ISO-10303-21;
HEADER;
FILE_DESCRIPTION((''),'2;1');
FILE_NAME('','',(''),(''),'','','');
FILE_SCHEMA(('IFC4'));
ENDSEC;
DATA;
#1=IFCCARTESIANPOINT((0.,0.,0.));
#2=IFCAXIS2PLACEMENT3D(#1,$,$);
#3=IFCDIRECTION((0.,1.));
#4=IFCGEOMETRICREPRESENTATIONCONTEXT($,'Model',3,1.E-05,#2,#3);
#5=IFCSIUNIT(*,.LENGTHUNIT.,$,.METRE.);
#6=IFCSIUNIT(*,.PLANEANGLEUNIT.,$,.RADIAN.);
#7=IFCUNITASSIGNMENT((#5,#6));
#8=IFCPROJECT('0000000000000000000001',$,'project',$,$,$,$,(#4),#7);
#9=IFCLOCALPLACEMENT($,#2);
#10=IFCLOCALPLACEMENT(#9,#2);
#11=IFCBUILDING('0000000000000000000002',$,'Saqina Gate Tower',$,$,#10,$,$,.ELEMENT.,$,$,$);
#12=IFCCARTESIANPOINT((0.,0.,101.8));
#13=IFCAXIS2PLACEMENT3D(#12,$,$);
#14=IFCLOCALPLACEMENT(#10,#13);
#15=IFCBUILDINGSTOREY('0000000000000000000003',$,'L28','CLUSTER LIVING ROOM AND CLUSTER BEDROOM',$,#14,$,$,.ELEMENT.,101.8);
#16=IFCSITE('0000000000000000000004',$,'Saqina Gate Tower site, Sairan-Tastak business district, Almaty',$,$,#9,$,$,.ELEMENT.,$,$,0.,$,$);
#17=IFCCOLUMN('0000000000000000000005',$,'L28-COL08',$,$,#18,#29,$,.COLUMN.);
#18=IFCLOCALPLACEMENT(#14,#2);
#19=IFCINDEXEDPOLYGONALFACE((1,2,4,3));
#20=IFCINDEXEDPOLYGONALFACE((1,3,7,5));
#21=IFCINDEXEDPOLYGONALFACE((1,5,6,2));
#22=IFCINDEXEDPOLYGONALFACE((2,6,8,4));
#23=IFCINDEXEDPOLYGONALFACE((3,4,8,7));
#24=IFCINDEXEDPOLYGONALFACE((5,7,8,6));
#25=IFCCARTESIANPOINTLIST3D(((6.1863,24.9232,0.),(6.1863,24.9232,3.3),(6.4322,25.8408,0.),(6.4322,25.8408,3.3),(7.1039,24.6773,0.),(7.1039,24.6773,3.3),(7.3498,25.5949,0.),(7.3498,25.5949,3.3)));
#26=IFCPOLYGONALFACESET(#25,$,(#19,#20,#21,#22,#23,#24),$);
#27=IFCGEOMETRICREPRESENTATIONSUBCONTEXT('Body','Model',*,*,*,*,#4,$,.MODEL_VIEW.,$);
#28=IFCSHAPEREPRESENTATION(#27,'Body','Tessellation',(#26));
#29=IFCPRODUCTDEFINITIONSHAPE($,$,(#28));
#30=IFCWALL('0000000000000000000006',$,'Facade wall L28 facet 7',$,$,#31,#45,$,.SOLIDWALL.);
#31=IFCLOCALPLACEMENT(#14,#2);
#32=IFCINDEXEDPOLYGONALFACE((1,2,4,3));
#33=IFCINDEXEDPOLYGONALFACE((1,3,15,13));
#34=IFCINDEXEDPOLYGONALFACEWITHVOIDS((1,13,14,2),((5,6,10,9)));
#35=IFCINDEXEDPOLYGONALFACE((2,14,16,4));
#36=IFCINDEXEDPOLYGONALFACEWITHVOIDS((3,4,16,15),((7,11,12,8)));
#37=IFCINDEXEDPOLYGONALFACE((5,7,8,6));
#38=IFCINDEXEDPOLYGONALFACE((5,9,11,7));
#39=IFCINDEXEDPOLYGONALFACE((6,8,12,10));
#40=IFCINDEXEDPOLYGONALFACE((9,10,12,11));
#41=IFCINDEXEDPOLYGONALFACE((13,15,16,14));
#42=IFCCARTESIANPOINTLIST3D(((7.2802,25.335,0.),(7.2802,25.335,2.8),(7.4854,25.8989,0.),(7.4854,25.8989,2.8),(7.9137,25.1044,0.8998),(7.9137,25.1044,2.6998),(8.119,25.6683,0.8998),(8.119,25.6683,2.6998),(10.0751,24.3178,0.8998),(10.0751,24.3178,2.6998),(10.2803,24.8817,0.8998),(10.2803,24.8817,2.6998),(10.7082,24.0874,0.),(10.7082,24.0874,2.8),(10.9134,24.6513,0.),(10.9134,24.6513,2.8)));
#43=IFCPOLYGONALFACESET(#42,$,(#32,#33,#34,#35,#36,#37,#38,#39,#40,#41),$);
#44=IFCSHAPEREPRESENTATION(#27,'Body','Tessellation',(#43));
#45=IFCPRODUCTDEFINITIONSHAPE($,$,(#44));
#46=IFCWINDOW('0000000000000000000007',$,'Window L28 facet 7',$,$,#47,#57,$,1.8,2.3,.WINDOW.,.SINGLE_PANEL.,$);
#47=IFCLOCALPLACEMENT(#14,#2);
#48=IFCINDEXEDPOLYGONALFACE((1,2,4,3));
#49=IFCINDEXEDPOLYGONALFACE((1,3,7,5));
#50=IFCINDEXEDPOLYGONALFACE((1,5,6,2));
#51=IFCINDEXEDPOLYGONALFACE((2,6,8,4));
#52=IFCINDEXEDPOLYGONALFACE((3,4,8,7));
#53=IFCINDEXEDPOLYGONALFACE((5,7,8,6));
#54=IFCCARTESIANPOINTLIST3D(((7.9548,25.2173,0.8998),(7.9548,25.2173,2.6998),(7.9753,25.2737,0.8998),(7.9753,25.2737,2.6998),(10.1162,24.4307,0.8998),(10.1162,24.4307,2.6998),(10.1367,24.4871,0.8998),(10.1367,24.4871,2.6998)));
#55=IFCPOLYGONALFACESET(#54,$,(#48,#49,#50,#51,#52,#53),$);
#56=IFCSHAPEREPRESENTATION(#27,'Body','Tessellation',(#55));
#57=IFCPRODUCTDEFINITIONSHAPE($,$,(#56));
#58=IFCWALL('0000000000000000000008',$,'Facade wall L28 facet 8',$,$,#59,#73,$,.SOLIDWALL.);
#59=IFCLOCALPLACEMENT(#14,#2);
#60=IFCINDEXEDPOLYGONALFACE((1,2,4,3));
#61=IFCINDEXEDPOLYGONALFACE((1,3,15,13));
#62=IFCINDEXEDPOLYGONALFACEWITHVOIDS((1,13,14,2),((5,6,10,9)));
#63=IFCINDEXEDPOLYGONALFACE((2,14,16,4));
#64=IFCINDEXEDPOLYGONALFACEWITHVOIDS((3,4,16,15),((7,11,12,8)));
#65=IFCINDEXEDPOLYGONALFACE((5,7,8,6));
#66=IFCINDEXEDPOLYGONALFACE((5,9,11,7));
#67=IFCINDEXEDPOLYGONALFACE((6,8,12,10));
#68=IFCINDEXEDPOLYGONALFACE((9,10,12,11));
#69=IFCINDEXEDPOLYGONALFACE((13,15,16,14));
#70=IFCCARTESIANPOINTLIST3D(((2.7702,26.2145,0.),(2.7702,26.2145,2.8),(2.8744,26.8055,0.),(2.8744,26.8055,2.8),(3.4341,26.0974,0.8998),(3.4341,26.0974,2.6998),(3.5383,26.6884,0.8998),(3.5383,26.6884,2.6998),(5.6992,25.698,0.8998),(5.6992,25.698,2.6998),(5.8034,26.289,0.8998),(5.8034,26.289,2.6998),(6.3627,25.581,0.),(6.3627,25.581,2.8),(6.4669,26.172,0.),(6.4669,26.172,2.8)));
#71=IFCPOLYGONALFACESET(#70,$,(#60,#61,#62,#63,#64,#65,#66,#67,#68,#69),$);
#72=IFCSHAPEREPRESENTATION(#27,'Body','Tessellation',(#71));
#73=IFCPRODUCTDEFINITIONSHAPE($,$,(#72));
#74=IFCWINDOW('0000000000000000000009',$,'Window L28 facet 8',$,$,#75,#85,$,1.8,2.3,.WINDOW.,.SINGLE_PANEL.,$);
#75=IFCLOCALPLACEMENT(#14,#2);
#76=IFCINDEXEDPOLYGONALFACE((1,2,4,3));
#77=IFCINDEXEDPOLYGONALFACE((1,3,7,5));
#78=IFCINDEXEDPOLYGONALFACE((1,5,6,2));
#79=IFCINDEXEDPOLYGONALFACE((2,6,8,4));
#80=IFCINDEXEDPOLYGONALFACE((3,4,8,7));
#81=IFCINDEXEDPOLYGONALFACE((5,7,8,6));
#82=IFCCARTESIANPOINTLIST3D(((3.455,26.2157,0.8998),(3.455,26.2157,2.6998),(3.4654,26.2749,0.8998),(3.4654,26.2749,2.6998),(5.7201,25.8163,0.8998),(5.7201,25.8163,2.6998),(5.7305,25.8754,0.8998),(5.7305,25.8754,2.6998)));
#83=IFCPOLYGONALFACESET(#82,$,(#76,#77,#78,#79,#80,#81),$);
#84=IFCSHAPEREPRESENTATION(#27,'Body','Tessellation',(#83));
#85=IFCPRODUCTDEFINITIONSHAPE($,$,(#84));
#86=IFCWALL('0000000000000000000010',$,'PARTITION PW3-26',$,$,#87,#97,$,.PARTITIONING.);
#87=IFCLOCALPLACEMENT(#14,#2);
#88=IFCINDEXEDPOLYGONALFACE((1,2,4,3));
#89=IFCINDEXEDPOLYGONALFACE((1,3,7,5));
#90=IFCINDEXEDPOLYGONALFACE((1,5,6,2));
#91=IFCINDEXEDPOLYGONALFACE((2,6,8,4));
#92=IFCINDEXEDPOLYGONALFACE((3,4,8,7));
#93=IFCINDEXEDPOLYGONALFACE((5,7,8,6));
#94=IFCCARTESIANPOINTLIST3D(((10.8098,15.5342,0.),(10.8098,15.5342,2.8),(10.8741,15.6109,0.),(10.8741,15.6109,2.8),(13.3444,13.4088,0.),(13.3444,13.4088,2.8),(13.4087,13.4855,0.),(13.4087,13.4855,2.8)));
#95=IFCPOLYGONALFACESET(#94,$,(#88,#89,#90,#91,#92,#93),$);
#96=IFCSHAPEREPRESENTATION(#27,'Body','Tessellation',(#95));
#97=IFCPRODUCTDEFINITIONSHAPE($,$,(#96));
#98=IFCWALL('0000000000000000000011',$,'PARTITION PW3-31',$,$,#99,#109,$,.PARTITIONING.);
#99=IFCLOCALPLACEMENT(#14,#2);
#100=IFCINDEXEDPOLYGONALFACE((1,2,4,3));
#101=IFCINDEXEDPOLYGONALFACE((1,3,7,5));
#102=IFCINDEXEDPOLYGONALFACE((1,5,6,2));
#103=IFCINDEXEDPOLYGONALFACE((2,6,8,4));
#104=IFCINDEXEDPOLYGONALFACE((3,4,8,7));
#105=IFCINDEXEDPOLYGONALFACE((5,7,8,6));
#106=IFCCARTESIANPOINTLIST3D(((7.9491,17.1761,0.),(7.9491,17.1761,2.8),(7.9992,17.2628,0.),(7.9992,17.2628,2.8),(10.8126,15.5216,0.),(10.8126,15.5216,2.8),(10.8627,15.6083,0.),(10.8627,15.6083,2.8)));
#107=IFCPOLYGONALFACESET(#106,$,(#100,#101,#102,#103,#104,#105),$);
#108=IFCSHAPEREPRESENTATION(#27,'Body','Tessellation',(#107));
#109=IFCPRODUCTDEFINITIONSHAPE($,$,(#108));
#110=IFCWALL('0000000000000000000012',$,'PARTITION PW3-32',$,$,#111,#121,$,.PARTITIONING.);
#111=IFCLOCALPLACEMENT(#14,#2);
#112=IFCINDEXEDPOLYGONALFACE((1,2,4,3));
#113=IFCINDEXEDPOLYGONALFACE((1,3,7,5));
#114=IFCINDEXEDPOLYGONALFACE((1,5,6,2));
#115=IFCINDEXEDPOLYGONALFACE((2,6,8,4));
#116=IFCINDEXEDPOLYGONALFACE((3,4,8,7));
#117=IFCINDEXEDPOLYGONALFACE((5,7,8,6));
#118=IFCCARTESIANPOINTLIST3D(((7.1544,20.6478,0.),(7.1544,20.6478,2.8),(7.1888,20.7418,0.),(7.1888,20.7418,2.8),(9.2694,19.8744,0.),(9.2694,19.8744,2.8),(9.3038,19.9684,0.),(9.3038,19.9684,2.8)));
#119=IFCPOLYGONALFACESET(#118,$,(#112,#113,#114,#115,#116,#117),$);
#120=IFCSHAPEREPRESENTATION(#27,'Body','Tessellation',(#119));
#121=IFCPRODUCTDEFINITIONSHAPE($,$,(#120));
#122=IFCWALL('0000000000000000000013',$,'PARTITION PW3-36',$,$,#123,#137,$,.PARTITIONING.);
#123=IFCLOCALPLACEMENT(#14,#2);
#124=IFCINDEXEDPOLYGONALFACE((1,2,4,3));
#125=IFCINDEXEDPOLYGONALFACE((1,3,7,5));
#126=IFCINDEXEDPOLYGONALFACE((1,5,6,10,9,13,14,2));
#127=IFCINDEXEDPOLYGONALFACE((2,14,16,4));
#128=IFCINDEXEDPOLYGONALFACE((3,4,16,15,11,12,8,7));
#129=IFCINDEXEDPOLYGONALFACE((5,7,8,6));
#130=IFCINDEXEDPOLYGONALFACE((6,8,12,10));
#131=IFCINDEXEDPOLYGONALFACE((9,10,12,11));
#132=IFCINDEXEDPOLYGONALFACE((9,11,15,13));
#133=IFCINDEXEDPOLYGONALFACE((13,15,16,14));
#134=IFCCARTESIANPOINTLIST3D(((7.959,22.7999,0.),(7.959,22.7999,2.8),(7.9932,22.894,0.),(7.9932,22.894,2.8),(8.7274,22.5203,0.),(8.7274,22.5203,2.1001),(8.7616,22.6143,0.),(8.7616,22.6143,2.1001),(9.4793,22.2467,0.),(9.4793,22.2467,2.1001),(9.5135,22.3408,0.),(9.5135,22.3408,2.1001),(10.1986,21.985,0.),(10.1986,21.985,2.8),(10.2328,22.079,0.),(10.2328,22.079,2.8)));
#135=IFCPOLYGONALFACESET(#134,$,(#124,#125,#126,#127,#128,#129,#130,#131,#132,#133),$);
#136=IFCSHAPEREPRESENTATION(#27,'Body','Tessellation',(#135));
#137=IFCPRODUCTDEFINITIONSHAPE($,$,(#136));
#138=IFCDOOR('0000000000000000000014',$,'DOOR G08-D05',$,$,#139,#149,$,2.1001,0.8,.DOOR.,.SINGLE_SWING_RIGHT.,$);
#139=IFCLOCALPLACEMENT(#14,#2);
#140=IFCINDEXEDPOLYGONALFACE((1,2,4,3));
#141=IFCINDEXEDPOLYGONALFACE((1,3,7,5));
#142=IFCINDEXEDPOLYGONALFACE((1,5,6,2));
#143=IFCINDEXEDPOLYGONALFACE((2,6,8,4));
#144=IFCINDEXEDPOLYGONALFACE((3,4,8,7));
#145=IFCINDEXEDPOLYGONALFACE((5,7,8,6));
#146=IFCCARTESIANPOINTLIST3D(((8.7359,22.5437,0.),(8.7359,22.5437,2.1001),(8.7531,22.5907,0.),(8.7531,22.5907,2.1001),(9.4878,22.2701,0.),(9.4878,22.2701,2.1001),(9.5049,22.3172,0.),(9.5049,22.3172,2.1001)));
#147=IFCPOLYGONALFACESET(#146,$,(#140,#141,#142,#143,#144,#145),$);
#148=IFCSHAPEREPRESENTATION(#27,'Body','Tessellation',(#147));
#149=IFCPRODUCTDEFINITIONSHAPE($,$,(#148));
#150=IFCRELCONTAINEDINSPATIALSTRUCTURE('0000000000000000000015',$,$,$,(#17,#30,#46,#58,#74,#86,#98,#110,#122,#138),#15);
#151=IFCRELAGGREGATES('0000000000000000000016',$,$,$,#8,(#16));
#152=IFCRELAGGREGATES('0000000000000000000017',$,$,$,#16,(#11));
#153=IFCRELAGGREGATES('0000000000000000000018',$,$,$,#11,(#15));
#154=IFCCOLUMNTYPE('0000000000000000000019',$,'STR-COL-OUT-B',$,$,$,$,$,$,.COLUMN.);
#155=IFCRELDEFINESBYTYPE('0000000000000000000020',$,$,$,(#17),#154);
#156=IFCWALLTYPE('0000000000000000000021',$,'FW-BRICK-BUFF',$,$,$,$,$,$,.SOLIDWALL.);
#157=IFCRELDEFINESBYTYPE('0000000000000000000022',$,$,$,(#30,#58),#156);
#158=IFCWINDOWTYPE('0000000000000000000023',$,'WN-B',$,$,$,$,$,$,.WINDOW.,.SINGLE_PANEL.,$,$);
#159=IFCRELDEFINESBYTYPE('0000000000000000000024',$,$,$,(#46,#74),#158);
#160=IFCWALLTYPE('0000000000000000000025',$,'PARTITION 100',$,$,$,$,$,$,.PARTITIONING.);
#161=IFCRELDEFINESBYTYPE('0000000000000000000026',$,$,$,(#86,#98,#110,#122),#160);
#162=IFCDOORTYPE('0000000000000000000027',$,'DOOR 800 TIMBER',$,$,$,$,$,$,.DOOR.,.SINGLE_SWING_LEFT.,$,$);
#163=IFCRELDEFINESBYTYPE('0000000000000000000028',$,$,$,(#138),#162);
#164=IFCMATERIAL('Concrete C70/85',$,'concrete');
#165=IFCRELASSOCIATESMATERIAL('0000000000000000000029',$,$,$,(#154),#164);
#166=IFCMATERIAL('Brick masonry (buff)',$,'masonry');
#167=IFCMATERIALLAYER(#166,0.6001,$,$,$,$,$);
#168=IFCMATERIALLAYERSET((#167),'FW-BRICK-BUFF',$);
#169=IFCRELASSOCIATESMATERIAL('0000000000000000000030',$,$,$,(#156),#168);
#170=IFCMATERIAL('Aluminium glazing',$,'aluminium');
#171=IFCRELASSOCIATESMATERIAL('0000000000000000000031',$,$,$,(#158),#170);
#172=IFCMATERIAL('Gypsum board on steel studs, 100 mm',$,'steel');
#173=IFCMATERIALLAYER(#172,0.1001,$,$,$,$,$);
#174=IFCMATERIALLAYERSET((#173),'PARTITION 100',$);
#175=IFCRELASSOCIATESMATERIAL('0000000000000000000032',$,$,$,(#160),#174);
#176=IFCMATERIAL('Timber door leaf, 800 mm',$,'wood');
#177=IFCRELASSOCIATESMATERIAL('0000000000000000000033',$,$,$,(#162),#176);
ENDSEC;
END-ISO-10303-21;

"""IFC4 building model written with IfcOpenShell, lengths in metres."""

from ifc_helpers import new_model, si_unit, direction, frame, frame_2d, origin, origin_2d, place, context, subcontext, project, spatial, rectangle, extrude, material, layer, layer_set, material_profile, profile_set, type_object, element, fill, save


model = new_model("IFC4")

# Units and contexts
model_context = context("Model", 3, precision=1e-05, world=origin(), true_north=direction((0.0, 1.0)))
body_context = subcontext(model_context, "Body", "Model", "MODEL_VIEW")
ifc_project = project(units=[si_unit("LENGTHUNIT", "METRE"), si_unit("PLANEANGLEUNIT", "RADIAN")], contexts=[model_context])

# Site, building, storey
site_placement = place(None, origin())
site = spatial("IfcSite", under=ifc_project, at=site_placement, Name="Saqina Gate Tower site, Sairan-Tastak business district, Almaty", CompositionType="ELEMENT", RefElevation=0.0)
building_placement = place(site_placement, origin())
building = spatial("IfcBuilding", under=site, at=building_placement, Name="Saqina Gate Tower", CompositionType="ELEMENT")
storey_placement = place(building_placement, frame((0.0, 0.0, 101.8)))
storey = spatial("IfcBuildingStorey", under=building, at=storey_placement, Name="L28", Description="CLUSTER LIVING ROOM AND CLUSTER BEDROOM", CompositionType="ELEMENT", Elevation=101.8)

# Column
ifc_material_1 = material(Name="Concrete C70/85", Category="concrete")
ifc_material_profile = material_profile(ifc_material_1, rectangle(XDim=0.95, YDim=0.95, at=origin_2d()), Name="RC 950x950")
ifc_profile_set = profile_set([ifc_material_profile], Name="Concrete C70/85")
column_type = type_object("IfcColumnType", Name="STR-COL-OUT-B", PredefinedType="COLUMN", material=ifc_profile_set)
column_placement = place(storey_placement, frame((6.7681, 25.259, 0.0), z_axis=(0.0, 0.0, 1.0), x_axis=(0.258819, 0.965926, 0.0)))
element("IfcColumn", 1, at=column_placement, inside=storey, type_object=column_type, Name="L28-COL08", PredefinedType="COLUMN", context=body_context, shape_type="SweptSolid", body=[
    extrude(rectangle(XDim=0.95, YDim=0.95, at=origin_2d()), origin(), (0.0, 0.0, 1.0), 3.3),
])

# Walls, openings, windows
ifc_material_2 = material(Name="Brick masonry (buff)", Category="masonry")
ifc_layer_1 = layer(ifc_material_2, 0.6001)
ifc_layer_set_1 = layer_set([ifc_layer_1], Name="FW-BRICK-BUFF")
wall_type_1 = type_object("IfcWallType", Name="FW-BRICK-BUFF", PredefinedType="SOLIDWALL", material=ifc_layer_set_1)
wall_1_placement = place(storey_placement, frame((10.8108, 24.3694, 0.0), z_axis=(0.0, 0.0, 1.0), x_axis=(-0.939704, 0.34199, 0.0)))
wall_1 = element("IfcWall", 2, at=wall_1_placement, inside=storey, type_object=wall_type_1, Name="Facade wall L28 facet 7", PredefinedType="SOLIDWALL", context=body_context, shape_type="SweptSolid", body=[
    extrude(rectangle(XDim=3.6479, YDim=0.6001, at=frame_2d((1.824, 0.0))), origin(), (0.0, 0.0, 1.0), 2.8),
])
opening_1_placement = place(wall_1_placement, frame((0.6738, 0.0, 0.8999)))
opening_1 = element("IfcOpeningElement", 3, at=opening_1_placement, cuts=wall_1, PredefinedType="OPENING", context=body_context, shape_type="SweptSolid", body=[
    extrude(rectangle(XDim=2.3, YDim=1.8, at=frame_2d((1.1499, 0.8999))), frame((0.0, 0.312, 0.0), z_axis=(0.0, -1.0, 0.0), x_axis=(1.0, 0.0, 0.0)), (0.0, 0.0, 1.0), 0.624),
])
ifc_material_3 = material(Name="Aluminium glazing", Category="aluminium")
window_type = type_object("IfcWindowType", Name="WN-B", PartitioningType="SINGLE_PANEL", PredefinedType="WINDOW", material=ifc_material_3)
window_1_placement = place(opening_1_placement, origin())
window_1 = element("IfcWindow", 4, at=window_1_placement, inside=storey, type_object=window_type, Name="Window L28 facet 7", OverallHeight=1.8, OverallWidth=2.3, PartitioningType="SINGLE_PANEL", PredefinedType="WINDOW", context=body_context, shape_type="SweptSolid", body=[
    extrude(rectangle(XDim=2.3, YDim=1.8, at=frame_2d((1.1499, 0.8999))), frame((0.0, 0.1799, 0.0), z_axis=(0.0, -1.0, 0.0), x_axis=(1.0, 0.0, 0.0)), (0.0, 0.0, 1.0), 0.0601),
])
fill(opening_1, window_1)
wall_2_placement = place(storey_placement, frame((6.4148, 25.8765, 0.0), z_axis=(0.0, 0.0, 1.0), x_axis=(-0.984804, 0.173671, 0.0)))
wall_2 = element("IfcWall", 5, at=wall_2_placement, inside=storey, type_object=wall_type_1, Name="Facade wall L28 facet 8", PredefinedType="SOLIDWALL", context=body_context, shape_type="SweptSolid", body=[
    extrude(rectangle(XDim=3.6479, YDim=0.6001, at=frame_2d((1.824, 0.0))), origin(), (0.0, 0.0, 1.0), 2.8),
])
opening_2_placement = place(wall_2_placement, frame((0.6738, 0.0, 0.8999)))
opening_2 = element("IfcOpeningElement", 6, at=opening_2_placement, cuts=wall_2, PredefinedType="OPENING", context=body_context, shape_type="SweptSolid", body=[
    extrude(rectangle(XDim=2.3, YDim=1.8, at=frame_2d((1.1499, 0.8999))), frame((0.0, 0.312, 0.0), z_axis=(0.0, -1.0, 0.0), x_axis=(1.0, 0.0, 0.0)), (0.0, 0.0, 1.0), 0.624),
])
window_2_placement = place(opening_2_placement, origin())
window_2 = element("IfcWindow", 7, at=window_2_placement, inside=storey, type_object=window_type, Name="Window L28 facet 8", OverallHeight=1.8, OverallWidth=2.3, PartitioningType="SINGLE_PANEL", PredefinedType="WINDOW", context=body_context, shape_type="SweptSolid", body=[
    extrude(rectangle(XDim=2.3, YDim=1.8, at=frame_2d((1.1499, 0.8999))), frame((0.0, 0.1799, 0.0), z_axis=(0.0, -1.0, 0.0), x_axis=(1.0, 0.0, 0.0)), (0.0, 0.0, 1.0), 0.0601),
])
fill(opening_2, window_2)

# Walls
ifc_material_4 = material(Name="Gypsum board on steel studs, 100 mm", Category="steel")
ifc_layer_2 = layer(ifc_material_4, 0.1001)
ifc_layer_set_2 = layer_set([ifc_layer_2], Name="PARTITION 100")
wall_type_2 = type_object("IfcWallType", Name="PARTITION 100", PredefinedType="PARTITIONING", material=ifc_layer_set_2)
wall_3_placement = place(storey_placement, frame((10.842, 15.5725, 0.0), z_axis=(0.0, 0.0, 1.0), x_axis=(0.766245, -0.642548, 0.0)))
element("IfcWall", 8, at=wall_3_placement, inside=storey, type_object=wall_type_2, Name="PARTITION PW3-26", PredefinedType="PARTITIONING", context=body_context, shape_type="SweptSolid", body=[
    extrude(rectangle(XDim=3.3079, YDim=0.1001, at=frame_2d((1.6538, 0.0))), origin(), (0.0, 0.0, 1.0), 2.8),
])
wall_4_placement = place(storey_placement, frame((7.9741, 17.2195, 0.0), z_axis=(0.0, 0.0, 1.0), x_axis=(0.865857, -0.500291, 0.0)))
element("IfcWall", 9, at=wall_4_placement, inside=storey, type_object=wall_type_2, Name="PARTITION PW3-31", PredefinedType="PARTITIONING", context=body_context, shape_type="SweptSolid", body=[
    extrude(rectangle(XDim=3.3071, YDim=0.1001, at=frame_2d((1.6536, 0.0))), origin(), (0.0, 0.0, 1.0), 2.8),
])
wall_5_placement = place(storey_placement, frame((7.1716, 20.6948, 0.0), z_axis=(0.0, 0.0, 1.0), x_axis=(0.939171, -0.343449, 0.0)))
element("IfcWall", 10, at=wall_5_placement, inside=storey, type_object=wall_type_2, Name="PARTITION PW3-32", PredefinedType="PARTITIONING", context=body_context, shape_type="SweptSolid", body=[
    extrude(rectangle(XDim=2.252, YDim=0.1001, at=frame_2d((1.126, 0.0))), origin(), (0.0, 0.0, 1.0), 2.8),
])

# Wall, opening, door
wall_6_placement = place(storey_placement, frame((7.9761, 22.8469, 0.0), z_axis=(0.0, 0.0, 1.0), x_axis=(0.939728, -0.341924, 0.0)))
wall_6 = element("IfcWall", 11, at=wall_6_placement, inside=storey, type_object=wall_type_2, Name="PARTITION PW3-36", PredefinedType="PARTITIONING", context=body_context, shape_type="SweptSolid", body=[
    extrude(rectangle(XDim=2.3833, YDim=0.1001, at=frame_2d((1.1917, 0.0))), origin(), (0.0, 0.0, 1.0), 2.8),
])
opening_3_placement = place(wall_6_placement, frame((0.8179, 0.0, 0.0)))
opening_3 = element("IfcOpeningElement", 12, at=opening_3_placement, cuts=wall_6, PredefinedType="OPENING", context=body_context, shape_type="SweptSolid", body=[
    extrude(rectangle(XDim=0.8, YDim=2.1001, at=frame_2d((0.3999, 1.05))), frame((0.0, 0.062, 0.0), z_axis=(0.0, -1.0, 0.0), x_axis=(1.0, 0.0, 0.0)), (0.0, 0.0, 1.0), 0.124),
])
ifc_material_5 = material(Name="Timber door leaf, 800 mm", Category="wood")
door_type_1 = type_object("IfcDoorType", Name="DOOR 800 TIMBER", OperationType="SINGLE_SWING_LEFT", PredefinedType="DOOR", material=ifc_material_5)
door_1_placement = place(opening_3_placement, origin())
door_1 = element("IfcDoor", 13, at=door_1_placement, inside=storey, type_object=door_type_1, Name="DOOR G08-D05", OperationType="SINGLE_SWING_RIGHT", OverallHeight=2.1001, OverallWidth=0.8, PredefinedType="DOOR", context=body_context, shape_type="SweptSolid", body=[
    extrude(rectangle(XDim=0.8, YDim=2.1001, at=frame_2d((0.3999, 1.05))), frame((0.0, 0.0249, 0.0), z_axis=(0.0, -1.0, 0.0), x_axis=(1.0, 0.0, 0.0)), (0.0, 0.0, 1.0), 0.05),
])
fill(opening_3, door_1)

save(model, "model.ifc")
